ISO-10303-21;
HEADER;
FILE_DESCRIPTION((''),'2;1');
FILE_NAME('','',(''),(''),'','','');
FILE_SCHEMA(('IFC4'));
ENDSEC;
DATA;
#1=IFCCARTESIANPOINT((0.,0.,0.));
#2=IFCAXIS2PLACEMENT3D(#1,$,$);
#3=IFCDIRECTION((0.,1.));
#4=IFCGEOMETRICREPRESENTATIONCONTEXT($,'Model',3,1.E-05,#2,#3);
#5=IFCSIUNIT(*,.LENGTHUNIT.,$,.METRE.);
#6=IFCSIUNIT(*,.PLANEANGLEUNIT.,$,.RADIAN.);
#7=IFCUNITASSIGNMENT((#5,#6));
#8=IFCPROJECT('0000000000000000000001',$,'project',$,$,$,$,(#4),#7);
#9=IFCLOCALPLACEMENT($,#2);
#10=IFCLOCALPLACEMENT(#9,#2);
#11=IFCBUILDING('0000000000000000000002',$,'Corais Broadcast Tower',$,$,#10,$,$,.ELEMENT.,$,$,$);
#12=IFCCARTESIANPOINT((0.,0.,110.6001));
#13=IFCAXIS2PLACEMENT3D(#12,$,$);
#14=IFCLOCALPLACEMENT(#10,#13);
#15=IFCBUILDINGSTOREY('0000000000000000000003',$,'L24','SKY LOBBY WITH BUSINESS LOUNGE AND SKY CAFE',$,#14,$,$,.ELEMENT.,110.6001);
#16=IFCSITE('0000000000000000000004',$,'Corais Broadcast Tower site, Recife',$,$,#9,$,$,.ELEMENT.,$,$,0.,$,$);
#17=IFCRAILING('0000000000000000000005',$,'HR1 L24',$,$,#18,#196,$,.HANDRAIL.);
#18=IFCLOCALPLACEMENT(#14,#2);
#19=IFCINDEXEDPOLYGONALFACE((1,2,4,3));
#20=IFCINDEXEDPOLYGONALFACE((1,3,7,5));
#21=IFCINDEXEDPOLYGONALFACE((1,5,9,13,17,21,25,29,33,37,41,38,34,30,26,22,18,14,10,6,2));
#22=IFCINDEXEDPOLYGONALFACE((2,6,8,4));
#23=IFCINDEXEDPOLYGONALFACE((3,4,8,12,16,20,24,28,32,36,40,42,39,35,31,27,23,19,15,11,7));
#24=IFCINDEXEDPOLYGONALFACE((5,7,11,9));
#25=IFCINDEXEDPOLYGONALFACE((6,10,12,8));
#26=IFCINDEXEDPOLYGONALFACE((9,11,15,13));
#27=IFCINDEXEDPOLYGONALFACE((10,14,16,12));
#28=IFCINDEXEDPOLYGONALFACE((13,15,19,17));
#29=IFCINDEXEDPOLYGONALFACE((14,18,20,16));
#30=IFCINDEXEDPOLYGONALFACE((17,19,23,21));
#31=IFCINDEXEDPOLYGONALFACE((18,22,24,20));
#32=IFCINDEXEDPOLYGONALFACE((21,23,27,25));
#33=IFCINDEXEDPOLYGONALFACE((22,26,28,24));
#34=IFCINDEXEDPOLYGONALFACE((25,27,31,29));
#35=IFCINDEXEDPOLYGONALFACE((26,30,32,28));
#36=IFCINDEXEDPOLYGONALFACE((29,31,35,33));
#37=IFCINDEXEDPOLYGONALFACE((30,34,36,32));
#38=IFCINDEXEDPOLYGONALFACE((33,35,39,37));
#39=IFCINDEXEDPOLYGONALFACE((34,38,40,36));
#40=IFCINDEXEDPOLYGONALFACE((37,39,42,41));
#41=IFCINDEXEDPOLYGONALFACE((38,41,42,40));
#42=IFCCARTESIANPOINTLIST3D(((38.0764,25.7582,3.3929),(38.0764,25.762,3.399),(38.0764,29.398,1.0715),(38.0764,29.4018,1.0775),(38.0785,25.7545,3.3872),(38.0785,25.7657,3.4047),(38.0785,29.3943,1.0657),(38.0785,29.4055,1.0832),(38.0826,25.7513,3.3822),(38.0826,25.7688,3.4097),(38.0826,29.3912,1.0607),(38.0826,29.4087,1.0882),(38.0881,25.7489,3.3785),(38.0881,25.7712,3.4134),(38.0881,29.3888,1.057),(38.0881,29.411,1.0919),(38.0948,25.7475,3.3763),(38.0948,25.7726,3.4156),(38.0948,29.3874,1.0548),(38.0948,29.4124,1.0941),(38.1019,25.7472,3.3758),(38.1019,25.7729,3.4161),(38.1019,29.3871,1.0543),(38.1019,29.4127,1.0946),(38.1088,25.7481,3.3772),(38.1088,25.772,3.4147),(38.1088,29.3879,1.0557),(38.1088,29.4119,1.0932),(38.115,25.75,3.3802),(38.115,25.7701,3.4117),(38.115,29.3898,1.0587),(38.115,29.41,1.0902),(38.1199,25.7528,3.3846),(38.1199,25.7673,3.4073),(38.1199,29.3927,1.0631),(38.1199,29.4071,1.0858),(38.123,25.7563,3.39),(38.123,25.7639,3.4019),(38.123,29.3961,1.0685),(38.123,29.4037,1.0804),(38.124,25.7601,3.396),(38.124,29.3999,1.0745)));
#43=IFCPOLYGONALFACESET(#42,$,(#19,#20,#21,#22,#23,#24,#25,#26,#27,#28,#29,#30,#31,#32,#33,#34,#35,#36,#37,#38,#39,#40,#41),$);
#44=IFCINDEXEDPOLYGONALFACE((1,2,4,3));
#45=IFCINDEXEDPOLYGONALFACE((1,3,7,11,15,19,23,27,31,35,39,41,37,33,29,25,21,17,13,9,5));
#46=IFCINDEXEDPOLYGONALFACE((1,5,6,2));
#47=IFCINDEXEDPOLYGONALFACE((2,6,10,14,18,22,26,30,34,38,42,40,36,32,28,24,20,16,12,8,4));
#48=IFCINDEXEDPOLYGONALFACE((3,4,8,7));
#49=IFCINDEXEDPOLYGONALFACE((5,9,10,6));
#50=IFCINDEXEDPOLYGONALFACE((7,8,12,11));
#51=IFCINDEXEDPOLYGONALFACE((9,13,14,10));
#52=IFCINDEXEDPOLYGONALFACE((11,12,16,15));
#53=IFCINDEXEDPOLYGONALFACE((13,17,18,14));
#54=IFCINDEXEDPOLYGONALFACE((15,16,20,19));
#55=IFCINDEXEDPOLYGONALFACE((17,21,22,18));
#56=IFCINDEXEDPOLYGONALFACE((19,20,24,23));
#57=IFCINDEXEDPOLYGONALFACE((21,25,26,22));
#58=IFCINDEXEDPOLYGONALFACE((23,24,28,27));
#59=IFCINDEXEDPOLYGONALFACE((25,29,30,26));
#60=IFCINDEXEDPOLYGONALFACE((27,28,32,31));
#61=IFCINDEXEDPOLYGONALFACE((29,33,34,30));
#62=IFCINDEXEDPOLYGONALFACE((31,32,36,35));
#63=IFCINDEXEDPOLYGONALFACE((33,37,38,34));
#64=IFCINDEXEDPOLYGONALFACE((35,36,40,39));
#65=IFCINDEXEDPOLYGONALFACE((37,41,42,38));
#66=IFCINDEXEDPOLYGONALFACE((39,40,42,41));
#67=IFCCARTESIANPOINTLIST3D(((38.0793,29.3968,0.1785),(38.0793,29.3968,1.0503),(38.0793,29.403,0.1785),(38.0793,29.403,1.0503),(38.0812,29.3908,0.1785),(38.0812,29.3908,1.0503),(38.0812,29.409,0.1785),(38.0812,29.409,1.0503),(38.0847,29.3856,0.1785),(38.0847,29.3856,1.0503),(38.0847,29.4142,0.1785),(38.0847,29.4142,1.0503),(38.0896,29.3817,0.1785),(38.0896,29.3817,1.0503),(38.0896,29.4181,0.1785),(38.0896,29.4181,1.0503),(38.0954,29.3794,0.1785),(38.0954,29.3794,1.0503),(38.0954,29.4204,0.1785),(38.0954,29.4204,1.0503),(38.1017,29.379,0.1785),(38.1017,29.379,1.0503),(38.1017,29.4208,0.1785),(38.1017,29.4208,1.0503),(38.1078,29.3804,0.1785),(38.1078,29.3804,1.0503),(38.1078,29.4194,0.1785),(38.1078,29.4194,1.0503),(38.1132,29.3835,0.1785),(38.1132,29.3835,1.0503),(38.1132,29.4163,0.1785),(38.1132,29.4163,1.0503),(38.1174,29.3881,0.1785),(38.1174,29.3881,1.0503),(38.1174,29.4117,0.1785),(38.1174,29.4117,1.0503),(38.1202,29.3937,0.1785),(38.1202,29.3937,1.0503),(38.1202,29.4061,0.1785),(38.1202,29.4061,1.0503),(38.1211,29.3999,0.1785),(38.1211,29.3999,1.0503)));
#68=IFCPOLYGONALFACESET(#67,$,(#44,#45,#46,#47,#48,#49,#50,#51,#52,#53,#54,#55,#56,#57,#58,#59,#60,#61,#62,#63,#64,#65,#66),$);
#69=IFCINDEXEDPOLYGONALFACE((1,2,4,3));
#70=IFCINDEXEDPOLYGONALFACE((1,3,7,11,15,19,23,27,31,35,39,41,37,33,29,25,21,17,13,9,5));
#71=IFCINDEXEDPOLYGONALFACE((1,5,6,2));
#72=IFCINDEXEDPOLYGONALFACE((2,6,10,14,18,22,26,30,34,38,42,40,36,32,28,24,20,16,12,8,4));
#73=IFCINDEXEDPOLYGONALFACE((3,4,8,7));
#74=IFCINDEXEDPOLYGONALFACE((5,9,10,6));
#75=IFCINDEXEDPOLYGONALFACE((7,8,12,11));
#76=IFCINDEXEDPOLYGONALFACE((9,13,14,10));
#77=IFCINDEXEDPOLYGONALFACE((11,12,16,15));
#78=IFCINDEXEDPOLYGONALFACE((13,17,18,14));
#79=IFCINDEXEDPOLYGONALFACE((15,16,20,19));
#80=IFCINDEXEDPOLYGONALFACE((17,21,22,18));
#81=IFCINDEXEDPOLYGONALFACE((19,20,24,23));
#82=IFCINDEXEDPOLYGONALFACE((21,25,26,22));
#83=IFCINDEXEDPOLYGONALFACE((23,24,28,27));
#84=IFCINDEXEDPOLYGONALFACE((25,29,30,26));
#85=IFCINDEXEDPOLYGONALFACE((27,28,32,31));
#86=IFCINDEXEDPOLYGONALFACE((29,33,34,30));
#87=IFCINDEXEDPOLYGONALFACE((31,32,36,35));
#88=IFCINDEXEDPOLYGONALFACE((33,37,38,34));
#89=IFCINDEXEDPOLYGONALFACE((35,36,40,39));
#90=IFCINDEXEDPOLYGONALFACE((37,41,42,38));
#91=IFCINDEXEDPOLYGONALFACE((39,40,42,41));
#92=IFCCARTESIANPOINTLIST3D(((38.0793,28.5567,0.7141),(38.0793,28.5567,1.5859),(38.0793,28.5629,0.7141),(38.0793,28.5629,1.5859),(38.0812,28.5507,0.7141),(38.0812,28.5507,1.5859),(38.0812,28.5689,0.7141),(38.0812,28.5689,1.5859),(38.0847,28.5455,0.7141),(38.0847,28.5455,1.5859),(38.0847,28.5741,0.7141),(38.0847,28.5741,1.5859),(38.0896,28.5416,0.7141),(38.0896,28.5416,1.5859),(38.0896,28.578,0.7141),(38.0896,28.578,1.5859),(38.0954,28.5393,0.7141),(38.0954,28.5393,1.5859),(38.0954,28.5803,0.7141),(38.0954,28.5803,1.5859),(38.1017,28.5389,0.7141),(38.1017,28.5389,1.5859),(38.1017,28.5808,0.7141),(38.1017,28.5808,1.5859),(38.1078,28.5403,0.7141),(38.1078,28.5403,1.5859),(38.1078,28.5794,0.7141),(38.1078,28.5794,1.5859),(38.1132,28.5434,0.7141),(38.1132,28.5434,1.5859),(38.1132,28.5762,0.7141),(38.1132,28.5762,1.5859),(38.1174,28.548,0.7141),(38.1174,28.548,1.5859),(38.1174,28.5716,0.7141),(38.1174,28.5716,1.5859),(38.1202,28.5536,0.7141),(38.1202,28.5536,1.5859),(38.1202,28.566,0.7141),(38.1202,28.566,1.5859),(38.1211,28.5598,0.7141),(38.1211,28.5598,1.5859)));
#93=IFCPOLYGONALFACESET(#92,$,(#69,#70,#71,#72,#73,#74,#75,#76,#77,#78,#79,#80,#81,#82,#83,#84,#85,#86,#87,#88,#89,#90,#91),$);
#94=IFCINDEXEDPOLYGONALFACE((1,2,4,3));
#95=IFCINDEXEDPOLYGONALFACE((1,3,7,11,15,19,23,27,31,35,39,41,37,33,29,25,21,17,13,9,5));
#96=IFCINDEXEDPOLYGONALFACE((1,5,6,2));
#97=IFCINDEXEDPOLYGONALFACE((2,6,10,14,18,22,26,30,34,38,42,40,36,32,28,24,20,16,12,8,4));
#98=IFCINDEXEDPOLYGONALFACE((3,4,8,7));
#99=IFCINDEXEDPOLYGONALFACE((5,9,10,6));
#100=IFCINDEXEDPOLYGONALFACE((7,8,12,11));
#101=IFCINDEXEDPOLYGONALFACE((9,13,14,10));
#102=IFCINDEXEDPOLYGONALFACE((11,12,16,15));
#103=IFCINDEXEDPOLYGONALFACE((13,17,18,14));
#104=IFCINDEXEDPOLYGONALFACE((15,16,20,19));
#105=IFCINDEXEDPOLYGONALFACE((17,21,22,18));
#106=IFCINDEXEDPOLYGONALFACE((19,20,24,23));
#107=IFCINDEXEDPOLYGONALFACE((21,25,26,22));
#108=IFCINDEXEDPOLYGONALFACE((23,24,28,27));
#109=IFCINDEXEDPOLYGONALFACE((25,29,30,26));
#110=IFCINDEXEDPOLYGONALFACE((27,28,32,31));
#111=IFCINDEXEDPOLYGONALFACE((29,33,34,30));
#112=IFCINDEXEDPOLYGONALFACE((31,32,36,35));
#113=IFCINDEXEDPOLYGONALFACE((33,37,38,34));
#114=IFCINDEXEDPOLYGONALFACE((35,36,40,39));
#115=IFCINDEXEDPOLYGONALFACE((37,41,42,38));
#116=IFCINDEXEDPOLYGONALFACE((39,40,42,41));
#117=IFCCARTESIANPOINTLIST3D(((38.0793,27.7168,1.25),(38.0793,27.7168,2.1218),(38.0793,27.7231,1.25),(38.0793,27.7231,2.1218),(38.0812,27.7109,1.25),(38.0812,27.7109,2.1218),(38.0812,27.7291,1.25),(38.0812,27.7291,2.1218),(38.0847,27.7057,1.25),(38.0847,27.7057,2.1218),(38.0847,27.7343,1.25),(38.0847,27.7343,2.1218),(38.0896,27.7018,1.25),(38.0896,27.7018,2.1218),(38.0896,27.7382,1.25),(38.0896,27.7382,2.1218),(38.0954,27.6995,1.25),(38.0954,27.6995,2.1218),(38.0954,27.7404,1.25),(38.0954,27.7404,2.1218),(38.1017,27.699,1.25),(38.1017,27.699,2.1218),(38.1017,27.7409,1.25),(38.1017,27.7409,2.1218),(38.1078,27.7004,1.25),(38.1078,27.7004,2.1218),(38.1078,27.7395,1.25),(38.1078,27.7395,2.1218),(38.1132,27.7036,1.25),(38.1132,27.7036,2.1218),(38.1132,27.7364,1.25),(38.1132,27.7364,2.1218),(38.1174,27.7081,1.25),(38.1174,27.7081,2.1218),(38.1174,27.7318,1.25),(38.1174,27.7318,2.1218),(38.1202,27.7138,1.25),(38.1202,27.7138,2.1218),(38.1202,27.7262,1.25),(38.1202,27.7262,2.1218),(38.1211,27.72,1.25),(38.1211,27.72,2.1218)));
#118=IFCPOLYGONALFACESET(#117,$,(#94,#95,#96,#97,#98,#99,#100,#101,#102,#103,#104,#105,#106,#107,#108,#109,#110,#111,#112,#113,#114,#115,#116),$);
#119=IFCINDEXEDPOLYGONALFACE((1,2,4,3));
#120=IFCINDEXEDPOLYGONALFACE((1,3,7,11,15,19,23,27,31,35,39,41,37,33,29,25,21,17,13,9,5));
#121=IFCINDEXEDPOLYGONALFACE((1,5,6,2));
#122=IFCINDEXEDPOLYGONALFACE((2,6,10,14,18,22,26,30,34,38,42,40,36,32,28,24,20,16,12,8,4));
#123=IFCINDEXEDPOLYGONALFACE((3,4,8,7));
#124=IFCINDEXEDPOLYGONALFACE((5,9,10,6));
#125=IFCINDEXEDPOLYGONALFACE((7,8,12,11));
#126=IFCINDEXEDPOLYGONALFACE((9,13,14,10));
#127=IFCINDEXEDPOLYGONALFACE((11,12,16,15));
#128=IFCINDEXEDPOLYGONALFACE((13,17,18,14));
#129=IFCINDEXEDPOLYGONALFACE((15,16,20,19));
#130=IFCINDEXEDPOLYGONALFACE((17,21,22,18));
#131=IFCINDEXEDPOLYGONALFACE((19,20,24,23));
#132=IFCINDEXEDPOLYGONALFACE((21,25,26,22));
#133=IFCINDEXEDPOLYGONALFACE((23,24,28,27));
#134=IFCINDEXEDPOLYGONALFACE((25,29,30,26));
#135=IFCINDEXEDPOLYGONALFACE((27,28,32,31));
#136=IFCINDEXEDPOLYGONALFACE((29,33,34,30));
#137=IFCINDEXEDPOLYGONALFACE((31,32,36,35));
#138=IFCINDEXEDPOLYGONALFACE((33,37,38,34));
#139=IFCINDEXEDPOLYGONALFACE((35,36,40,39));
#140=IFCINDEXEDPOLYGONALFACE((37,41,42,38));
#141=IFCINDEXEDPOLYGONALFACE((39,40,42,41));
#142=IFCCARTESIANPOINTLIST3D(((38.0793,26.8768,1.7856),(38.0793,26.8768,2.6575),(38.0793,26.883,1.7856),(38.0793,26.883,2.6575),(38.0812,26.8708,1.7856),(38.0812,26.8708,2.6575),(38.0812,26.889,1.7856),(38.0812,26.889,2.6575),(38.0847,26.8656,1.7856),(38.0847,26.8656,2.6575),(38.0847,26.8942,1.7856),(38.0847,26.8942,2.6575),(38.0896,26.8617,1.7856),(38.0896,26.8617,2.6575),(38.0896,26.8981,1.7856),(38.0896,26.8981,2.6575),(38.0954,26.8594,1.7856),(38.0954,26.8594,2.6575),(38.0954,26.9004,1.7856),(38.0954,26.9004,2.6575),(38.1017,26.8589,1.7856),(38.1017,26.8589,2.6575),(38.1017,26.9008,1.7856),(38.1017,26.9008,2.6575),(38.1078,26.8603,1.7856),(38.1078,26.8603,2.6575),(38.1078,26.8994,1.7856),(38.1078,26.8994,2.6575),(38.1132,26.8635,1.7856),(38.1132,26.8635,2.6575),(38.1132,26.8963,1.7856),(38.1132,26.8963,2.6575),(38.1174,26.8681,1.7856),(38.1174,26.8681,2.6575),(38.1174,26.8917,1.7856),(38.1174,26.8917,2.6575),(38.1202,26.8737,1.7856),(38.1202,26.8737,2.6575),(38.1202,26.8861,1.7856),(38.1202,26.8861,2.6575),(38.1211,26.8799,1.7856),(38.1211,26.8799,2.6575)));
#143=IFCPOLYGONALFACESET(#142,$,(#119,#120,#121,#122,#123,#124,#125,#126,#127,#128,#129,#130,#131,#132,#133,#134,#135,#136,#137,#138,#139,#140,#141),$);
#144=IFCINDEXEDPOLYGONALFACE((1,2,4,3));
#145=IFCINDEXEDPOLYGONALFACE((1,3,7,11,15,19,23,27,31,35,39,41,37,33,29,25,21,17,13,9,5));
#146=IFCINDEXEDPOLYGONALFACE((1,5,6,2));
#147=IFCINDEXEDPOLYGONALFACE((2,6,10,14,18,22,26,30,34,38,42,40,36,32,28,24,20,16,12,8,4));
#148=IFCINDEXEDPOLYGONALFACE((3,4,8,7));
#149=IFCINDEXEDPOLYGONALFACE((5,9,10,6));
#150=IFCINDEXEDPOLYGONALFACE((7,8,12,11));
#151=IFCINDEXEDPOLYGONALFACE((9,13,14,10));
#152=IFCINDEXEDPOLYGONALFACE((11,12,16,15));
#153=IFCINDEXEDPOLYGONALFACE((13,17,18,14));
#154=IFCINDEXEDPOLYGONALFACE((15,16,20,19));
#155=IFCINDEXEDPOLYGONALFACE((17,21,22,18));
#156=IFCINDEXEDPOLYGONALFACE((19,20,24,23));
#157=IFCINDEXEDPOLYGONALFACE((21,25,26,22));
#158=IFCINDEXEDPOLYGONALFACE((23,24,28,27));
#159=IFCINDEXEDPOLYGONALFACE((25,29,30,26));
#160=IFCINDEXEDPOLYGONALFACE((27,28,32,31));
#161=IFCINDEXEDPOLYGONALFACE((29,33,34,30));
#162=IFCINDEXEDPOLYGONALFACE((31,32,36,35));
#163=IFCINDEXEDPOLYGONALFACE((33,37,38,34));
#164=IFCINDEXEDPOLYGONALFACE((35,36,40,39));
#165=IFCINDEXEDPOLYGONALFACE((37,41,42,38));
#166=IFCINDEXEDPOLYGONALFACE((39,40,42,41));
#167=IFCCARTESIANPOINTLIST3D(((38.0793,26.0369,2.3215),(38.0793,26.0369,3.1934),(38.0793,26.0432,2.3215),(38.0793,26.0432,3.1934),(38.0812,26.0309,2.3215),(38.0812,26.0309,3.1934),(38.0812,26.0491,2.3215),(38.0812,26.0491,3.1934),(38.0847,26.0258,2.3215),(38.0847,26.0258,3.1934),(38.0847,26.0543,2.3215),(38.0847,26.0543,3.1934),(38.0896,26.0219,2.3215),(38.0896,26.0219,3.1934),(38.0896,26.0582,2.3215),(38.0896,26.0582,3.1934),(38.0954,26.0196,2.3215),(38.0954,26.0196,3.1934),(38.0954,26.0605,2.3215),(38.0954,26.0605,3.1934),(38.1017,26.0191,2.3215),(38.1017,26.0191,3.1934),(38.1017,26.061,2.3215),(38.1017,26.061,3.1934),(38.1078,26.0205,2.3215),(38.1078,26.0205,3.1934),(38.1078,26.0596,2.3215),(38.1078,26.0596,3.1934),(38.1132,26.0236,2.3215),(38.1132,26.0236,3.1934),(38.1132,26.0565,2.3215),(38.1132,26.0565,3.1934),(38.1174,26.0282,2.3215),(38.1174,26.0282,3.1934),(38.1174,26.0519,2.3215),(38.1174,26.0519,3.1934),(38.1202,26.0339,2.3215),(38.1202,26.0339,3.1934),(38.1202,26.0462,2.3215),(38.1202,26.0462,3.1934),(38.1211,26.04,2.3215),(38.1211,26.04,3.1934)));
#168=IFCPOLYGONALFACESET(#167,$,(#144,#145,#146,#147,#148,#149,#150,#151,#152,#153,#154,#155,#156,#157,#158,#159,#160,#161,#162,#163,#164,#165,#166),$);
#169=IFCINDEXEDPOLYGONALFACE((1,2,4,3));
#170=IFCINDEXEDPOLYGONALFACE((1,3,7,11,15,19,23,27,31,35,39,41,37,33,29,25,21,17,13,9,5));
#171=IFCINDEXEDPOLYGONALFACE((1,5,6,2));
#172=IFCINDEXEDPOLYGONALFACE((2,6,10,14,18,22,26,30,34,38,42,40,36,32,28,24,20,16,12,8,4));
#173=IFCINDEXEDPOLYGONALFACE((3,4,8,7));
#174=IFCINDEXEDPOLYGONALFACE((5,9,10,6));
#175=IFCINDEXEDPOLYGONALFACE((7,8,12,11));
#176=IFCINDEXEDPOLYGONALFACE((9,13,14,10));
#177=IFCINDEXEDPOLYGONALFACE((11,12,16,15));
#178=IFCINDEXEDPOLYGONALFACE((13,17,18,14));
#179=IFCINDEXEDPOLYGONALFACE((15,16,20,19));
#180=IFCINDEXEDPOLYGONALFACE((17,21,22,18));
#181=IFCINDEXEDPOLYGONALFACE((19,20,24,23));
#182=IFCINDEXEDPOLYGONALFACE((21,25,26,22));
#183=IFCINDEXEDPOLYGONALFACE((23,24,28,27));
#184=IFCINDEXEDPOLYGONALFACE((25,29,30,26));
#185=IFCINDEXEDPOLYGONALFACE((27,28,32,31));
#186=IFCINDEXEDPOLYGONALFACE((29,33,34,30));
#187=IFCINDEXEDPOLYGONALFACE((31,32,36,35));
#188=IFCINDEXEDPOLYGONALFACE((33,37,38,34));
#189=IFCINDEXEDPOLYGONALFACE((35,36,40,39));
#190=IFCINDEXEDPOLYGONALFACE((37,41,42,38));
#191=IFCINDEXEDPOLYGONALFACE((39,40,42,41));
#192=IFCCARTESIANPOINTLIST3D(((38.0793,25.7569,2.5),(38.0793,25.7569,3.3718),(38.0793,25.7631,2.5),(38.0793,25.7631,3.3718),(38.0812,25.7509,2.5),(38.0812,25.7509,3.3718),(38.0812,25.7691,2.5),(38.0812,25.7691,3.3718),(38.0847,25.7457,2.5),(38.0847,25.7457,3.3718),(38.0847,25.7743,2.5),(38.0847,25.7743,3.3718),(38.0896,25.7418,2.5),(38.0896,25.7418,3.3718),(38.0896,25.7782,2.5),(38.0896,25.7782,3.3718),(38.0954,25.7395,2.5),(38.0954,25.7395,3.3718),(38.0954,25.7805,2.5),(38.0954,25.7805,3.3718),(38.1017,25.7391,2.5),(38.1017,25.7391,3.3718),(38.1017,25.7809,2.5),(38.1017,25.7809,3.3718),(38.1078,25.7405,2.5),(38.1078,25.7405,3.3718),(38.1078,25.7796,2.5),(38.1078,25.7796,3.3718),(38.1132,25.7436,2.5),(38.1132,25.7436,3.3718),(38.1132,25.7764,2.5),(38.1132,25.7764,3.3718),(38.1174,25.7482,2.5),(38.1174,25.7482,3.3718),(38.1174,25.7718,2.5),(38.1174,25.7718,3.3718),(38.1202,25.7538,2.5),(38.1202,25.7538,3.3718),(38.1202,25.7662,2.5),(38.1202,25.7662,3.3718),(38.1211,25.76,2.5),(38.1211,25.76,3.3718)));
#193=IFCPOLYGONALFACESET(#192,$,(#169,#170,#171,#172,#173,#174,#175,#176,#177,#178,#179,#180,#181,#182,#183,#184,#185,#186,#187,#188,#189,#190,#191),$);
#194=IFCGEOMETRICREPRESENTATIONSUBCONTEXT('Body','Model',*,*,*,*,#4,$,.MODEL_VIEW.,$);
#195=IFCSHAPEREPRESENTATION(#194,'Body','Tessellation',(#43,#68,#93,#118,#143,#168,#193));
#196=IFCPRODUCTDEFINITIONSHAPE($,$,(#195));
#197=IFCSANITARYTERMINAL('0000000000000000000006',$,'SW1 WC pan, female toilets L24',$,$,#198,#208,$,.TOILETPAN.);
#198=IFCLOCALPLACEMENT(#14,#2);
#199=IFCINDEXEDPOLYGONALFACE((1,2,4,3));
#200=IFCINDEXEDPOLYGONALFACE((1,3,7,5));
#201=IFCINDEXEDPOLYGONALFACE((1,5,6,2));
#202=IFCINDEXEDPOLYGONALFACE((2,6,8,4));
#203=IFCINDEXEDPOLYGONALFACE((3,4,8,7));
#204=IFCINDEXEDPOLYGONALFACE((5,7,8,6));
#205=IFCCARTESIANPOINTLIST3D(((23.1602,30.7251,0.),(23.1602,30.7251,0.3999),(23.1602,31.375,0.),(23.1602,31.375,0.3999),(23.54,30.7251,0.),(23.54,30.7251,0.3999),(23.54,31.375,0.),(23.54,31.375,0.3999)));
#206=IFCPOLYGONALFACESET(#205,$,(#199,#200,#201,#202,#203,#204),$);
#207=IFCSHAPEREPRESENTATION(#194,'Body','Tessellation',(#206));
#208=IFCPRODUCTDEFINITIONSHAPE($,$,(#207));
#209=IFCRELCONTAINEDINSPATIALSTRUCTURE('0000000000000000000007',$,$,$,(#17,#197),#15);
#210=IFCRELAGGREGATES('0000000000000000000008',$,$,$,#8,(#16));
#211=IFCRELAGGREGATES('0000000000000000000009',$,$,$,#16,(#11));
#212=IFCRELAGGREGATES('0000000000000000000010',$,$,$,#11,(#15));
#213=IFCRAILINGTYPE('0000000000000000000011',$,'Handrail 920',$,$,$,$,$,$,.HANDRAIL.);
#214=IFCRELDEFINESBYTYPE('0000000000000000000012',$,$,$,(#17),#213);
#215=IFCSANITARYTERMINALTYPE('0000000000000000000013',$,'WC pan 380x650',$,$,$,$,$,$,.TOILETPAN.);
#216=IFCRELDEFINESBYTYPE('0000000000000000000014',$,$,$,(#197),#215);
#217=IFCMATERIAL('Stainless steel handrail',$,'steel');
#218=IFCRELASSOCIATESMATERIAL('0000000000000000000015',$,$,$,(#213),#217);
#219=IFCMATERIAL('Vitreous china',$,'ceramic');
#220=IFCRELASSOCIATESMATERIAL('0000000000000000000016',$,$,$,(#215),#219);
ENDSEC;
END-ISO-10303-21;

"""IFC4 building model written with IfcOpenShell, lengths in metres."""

from ifc_helpers import new_model, si_unit, direction, frame, origin, origin_2d, place, context, subcontext, project, spatial, rectangle, circle, extrude, material, type_object, element, save


model = new_model("IFC4")

# Units and contexts
model_context = context("Model", 3, precision=1e-05, world=origin(), true_north=direction((0.0, 1.0)))
body_context = subcontext(model_context, "Body", "Model", "MODEL_VIEW")
ifc_project = project(units=[si_unit("LENGTHUNIT", "METRE"), si_unit("PLANEANGLEUNIT", "RADIAN")], contexts=[model_context])

# Site, building, storey
site_placement = place(None, origin())
site = spatial("IfcSite", under=ifc_project, at=site_placement, Name="Corais Broadcast Tower site, Recife", CompositionType="ELEMENT", RefElevation=0.0)
building_placement = place(site_placement, origin())
building = spatial("IfcBuilding", under=site, at=building_placement, Name="Corais Broadcast Tower", CompositionType="ELEMENT")
storey_placement = place(building_placement, frame((0.0, 0.0, 110.6001)))
storey = spatial("IfcBuildingStorey", under=building, at=storey_placement, Name="L24", Description="SKY LOBBY WITH BUSINESS LOUNGE AND SKY CAFE", CompositionType="ELEMENT", Elevation=110.6001)

# Railing
ifc_material_1 = material(Name="Stainless steel handrail", Category="steel")
railing_type = type_object("IfcRailingType", Name="Handrail 920", PredefinedType="HANDRAIL", material=ifc_material_1)
for number, where, name in (
    (1, (38.1001, 29.3999, 0.1785), "HR1 L24"),
):
    element("IfcRailing", number, at=place(storey_placement, frame(where)), inside=storey, type_object=railing_type, Name=name, PredefinedType="HANDRAIL", context=body_context, shape_type="SweptSolid", body=[
        extrude(circle(Radius=0.0239, at=origin_2d()), frame((0.0, 0.0, 0.896), z_axis=(0.0, -0.843112, 0.537739), x_axis=(1.0, 0.0, 0.0)), (0.0, 0.0, 1.0), 4.3171),
        extrude(circle(Radius=0.021, at=origin_2d()), origin(), (0.0, 0.0, 1.0), 0.8718),
        extrude(circle(Radius=0.021, at=origin_2d()), frame((0.0, -0.8401, 0.5356)), (0.0, 0.0, 1.0), 0.8718),
        extrude(circle(Radius=0.021, at=origin_2d()), frame((0.0, -1.6799, 1.0715)), (0.0, 0.0, 1.0), 0.8718),
        extrude(circle(Radius=0.021, at=origin_2d()), frame((0.0, -2.52, 1.6072)), (0.0, 0.0, 1.0), 0.8718),
        extrude(circle(Radius=0.021, at=origin_2d()), frame((0.0, -3.3599, 2.1431)), (0.0, 0.0, 1.0), 0.8718),
        extrude(circle(Radius=0.021, at=origin_2d()), frame((0.0, -3.6399, 2.3215)), (0.0, 0.0, 1.0), 0.8718),
    ])

# Sanitary terminal
ifc_material_2 = material(Name="Vitreous china", Category="ceramic")
sanitary_terminal_type = type_object("IfcSanitaryTerminalType", Name="WC pan 380x650", PredefinedType="TOILETPAN", material=ifc_material_2)
for number, where, z_axis, x_axis, name in (
    (2, (23.3501, 31.05, 0.0), (0.0, 0.0, 1.0), (1.0, 0.0, 0.0), "SW1 WC pan, female toilets L24"),
):
    element("IfcSanitaryTerminal", number, at=place(storey_placement, frame(where, z_axis=z_axis, x_axis=x_axis)), inside=storey, type_object=sanitary_terminal_type, Name=name, PredefinedType="TOILETPAN", context=body_context, shape_type="SweptSolid", body=[
        extrude(rectangle(XDim=0.3799, YDim=0.6499, at=origin_2d()), origin(), (0.0, 0.0, 1.0), 0.3999),
    ])

save(model, "model.ifc")
